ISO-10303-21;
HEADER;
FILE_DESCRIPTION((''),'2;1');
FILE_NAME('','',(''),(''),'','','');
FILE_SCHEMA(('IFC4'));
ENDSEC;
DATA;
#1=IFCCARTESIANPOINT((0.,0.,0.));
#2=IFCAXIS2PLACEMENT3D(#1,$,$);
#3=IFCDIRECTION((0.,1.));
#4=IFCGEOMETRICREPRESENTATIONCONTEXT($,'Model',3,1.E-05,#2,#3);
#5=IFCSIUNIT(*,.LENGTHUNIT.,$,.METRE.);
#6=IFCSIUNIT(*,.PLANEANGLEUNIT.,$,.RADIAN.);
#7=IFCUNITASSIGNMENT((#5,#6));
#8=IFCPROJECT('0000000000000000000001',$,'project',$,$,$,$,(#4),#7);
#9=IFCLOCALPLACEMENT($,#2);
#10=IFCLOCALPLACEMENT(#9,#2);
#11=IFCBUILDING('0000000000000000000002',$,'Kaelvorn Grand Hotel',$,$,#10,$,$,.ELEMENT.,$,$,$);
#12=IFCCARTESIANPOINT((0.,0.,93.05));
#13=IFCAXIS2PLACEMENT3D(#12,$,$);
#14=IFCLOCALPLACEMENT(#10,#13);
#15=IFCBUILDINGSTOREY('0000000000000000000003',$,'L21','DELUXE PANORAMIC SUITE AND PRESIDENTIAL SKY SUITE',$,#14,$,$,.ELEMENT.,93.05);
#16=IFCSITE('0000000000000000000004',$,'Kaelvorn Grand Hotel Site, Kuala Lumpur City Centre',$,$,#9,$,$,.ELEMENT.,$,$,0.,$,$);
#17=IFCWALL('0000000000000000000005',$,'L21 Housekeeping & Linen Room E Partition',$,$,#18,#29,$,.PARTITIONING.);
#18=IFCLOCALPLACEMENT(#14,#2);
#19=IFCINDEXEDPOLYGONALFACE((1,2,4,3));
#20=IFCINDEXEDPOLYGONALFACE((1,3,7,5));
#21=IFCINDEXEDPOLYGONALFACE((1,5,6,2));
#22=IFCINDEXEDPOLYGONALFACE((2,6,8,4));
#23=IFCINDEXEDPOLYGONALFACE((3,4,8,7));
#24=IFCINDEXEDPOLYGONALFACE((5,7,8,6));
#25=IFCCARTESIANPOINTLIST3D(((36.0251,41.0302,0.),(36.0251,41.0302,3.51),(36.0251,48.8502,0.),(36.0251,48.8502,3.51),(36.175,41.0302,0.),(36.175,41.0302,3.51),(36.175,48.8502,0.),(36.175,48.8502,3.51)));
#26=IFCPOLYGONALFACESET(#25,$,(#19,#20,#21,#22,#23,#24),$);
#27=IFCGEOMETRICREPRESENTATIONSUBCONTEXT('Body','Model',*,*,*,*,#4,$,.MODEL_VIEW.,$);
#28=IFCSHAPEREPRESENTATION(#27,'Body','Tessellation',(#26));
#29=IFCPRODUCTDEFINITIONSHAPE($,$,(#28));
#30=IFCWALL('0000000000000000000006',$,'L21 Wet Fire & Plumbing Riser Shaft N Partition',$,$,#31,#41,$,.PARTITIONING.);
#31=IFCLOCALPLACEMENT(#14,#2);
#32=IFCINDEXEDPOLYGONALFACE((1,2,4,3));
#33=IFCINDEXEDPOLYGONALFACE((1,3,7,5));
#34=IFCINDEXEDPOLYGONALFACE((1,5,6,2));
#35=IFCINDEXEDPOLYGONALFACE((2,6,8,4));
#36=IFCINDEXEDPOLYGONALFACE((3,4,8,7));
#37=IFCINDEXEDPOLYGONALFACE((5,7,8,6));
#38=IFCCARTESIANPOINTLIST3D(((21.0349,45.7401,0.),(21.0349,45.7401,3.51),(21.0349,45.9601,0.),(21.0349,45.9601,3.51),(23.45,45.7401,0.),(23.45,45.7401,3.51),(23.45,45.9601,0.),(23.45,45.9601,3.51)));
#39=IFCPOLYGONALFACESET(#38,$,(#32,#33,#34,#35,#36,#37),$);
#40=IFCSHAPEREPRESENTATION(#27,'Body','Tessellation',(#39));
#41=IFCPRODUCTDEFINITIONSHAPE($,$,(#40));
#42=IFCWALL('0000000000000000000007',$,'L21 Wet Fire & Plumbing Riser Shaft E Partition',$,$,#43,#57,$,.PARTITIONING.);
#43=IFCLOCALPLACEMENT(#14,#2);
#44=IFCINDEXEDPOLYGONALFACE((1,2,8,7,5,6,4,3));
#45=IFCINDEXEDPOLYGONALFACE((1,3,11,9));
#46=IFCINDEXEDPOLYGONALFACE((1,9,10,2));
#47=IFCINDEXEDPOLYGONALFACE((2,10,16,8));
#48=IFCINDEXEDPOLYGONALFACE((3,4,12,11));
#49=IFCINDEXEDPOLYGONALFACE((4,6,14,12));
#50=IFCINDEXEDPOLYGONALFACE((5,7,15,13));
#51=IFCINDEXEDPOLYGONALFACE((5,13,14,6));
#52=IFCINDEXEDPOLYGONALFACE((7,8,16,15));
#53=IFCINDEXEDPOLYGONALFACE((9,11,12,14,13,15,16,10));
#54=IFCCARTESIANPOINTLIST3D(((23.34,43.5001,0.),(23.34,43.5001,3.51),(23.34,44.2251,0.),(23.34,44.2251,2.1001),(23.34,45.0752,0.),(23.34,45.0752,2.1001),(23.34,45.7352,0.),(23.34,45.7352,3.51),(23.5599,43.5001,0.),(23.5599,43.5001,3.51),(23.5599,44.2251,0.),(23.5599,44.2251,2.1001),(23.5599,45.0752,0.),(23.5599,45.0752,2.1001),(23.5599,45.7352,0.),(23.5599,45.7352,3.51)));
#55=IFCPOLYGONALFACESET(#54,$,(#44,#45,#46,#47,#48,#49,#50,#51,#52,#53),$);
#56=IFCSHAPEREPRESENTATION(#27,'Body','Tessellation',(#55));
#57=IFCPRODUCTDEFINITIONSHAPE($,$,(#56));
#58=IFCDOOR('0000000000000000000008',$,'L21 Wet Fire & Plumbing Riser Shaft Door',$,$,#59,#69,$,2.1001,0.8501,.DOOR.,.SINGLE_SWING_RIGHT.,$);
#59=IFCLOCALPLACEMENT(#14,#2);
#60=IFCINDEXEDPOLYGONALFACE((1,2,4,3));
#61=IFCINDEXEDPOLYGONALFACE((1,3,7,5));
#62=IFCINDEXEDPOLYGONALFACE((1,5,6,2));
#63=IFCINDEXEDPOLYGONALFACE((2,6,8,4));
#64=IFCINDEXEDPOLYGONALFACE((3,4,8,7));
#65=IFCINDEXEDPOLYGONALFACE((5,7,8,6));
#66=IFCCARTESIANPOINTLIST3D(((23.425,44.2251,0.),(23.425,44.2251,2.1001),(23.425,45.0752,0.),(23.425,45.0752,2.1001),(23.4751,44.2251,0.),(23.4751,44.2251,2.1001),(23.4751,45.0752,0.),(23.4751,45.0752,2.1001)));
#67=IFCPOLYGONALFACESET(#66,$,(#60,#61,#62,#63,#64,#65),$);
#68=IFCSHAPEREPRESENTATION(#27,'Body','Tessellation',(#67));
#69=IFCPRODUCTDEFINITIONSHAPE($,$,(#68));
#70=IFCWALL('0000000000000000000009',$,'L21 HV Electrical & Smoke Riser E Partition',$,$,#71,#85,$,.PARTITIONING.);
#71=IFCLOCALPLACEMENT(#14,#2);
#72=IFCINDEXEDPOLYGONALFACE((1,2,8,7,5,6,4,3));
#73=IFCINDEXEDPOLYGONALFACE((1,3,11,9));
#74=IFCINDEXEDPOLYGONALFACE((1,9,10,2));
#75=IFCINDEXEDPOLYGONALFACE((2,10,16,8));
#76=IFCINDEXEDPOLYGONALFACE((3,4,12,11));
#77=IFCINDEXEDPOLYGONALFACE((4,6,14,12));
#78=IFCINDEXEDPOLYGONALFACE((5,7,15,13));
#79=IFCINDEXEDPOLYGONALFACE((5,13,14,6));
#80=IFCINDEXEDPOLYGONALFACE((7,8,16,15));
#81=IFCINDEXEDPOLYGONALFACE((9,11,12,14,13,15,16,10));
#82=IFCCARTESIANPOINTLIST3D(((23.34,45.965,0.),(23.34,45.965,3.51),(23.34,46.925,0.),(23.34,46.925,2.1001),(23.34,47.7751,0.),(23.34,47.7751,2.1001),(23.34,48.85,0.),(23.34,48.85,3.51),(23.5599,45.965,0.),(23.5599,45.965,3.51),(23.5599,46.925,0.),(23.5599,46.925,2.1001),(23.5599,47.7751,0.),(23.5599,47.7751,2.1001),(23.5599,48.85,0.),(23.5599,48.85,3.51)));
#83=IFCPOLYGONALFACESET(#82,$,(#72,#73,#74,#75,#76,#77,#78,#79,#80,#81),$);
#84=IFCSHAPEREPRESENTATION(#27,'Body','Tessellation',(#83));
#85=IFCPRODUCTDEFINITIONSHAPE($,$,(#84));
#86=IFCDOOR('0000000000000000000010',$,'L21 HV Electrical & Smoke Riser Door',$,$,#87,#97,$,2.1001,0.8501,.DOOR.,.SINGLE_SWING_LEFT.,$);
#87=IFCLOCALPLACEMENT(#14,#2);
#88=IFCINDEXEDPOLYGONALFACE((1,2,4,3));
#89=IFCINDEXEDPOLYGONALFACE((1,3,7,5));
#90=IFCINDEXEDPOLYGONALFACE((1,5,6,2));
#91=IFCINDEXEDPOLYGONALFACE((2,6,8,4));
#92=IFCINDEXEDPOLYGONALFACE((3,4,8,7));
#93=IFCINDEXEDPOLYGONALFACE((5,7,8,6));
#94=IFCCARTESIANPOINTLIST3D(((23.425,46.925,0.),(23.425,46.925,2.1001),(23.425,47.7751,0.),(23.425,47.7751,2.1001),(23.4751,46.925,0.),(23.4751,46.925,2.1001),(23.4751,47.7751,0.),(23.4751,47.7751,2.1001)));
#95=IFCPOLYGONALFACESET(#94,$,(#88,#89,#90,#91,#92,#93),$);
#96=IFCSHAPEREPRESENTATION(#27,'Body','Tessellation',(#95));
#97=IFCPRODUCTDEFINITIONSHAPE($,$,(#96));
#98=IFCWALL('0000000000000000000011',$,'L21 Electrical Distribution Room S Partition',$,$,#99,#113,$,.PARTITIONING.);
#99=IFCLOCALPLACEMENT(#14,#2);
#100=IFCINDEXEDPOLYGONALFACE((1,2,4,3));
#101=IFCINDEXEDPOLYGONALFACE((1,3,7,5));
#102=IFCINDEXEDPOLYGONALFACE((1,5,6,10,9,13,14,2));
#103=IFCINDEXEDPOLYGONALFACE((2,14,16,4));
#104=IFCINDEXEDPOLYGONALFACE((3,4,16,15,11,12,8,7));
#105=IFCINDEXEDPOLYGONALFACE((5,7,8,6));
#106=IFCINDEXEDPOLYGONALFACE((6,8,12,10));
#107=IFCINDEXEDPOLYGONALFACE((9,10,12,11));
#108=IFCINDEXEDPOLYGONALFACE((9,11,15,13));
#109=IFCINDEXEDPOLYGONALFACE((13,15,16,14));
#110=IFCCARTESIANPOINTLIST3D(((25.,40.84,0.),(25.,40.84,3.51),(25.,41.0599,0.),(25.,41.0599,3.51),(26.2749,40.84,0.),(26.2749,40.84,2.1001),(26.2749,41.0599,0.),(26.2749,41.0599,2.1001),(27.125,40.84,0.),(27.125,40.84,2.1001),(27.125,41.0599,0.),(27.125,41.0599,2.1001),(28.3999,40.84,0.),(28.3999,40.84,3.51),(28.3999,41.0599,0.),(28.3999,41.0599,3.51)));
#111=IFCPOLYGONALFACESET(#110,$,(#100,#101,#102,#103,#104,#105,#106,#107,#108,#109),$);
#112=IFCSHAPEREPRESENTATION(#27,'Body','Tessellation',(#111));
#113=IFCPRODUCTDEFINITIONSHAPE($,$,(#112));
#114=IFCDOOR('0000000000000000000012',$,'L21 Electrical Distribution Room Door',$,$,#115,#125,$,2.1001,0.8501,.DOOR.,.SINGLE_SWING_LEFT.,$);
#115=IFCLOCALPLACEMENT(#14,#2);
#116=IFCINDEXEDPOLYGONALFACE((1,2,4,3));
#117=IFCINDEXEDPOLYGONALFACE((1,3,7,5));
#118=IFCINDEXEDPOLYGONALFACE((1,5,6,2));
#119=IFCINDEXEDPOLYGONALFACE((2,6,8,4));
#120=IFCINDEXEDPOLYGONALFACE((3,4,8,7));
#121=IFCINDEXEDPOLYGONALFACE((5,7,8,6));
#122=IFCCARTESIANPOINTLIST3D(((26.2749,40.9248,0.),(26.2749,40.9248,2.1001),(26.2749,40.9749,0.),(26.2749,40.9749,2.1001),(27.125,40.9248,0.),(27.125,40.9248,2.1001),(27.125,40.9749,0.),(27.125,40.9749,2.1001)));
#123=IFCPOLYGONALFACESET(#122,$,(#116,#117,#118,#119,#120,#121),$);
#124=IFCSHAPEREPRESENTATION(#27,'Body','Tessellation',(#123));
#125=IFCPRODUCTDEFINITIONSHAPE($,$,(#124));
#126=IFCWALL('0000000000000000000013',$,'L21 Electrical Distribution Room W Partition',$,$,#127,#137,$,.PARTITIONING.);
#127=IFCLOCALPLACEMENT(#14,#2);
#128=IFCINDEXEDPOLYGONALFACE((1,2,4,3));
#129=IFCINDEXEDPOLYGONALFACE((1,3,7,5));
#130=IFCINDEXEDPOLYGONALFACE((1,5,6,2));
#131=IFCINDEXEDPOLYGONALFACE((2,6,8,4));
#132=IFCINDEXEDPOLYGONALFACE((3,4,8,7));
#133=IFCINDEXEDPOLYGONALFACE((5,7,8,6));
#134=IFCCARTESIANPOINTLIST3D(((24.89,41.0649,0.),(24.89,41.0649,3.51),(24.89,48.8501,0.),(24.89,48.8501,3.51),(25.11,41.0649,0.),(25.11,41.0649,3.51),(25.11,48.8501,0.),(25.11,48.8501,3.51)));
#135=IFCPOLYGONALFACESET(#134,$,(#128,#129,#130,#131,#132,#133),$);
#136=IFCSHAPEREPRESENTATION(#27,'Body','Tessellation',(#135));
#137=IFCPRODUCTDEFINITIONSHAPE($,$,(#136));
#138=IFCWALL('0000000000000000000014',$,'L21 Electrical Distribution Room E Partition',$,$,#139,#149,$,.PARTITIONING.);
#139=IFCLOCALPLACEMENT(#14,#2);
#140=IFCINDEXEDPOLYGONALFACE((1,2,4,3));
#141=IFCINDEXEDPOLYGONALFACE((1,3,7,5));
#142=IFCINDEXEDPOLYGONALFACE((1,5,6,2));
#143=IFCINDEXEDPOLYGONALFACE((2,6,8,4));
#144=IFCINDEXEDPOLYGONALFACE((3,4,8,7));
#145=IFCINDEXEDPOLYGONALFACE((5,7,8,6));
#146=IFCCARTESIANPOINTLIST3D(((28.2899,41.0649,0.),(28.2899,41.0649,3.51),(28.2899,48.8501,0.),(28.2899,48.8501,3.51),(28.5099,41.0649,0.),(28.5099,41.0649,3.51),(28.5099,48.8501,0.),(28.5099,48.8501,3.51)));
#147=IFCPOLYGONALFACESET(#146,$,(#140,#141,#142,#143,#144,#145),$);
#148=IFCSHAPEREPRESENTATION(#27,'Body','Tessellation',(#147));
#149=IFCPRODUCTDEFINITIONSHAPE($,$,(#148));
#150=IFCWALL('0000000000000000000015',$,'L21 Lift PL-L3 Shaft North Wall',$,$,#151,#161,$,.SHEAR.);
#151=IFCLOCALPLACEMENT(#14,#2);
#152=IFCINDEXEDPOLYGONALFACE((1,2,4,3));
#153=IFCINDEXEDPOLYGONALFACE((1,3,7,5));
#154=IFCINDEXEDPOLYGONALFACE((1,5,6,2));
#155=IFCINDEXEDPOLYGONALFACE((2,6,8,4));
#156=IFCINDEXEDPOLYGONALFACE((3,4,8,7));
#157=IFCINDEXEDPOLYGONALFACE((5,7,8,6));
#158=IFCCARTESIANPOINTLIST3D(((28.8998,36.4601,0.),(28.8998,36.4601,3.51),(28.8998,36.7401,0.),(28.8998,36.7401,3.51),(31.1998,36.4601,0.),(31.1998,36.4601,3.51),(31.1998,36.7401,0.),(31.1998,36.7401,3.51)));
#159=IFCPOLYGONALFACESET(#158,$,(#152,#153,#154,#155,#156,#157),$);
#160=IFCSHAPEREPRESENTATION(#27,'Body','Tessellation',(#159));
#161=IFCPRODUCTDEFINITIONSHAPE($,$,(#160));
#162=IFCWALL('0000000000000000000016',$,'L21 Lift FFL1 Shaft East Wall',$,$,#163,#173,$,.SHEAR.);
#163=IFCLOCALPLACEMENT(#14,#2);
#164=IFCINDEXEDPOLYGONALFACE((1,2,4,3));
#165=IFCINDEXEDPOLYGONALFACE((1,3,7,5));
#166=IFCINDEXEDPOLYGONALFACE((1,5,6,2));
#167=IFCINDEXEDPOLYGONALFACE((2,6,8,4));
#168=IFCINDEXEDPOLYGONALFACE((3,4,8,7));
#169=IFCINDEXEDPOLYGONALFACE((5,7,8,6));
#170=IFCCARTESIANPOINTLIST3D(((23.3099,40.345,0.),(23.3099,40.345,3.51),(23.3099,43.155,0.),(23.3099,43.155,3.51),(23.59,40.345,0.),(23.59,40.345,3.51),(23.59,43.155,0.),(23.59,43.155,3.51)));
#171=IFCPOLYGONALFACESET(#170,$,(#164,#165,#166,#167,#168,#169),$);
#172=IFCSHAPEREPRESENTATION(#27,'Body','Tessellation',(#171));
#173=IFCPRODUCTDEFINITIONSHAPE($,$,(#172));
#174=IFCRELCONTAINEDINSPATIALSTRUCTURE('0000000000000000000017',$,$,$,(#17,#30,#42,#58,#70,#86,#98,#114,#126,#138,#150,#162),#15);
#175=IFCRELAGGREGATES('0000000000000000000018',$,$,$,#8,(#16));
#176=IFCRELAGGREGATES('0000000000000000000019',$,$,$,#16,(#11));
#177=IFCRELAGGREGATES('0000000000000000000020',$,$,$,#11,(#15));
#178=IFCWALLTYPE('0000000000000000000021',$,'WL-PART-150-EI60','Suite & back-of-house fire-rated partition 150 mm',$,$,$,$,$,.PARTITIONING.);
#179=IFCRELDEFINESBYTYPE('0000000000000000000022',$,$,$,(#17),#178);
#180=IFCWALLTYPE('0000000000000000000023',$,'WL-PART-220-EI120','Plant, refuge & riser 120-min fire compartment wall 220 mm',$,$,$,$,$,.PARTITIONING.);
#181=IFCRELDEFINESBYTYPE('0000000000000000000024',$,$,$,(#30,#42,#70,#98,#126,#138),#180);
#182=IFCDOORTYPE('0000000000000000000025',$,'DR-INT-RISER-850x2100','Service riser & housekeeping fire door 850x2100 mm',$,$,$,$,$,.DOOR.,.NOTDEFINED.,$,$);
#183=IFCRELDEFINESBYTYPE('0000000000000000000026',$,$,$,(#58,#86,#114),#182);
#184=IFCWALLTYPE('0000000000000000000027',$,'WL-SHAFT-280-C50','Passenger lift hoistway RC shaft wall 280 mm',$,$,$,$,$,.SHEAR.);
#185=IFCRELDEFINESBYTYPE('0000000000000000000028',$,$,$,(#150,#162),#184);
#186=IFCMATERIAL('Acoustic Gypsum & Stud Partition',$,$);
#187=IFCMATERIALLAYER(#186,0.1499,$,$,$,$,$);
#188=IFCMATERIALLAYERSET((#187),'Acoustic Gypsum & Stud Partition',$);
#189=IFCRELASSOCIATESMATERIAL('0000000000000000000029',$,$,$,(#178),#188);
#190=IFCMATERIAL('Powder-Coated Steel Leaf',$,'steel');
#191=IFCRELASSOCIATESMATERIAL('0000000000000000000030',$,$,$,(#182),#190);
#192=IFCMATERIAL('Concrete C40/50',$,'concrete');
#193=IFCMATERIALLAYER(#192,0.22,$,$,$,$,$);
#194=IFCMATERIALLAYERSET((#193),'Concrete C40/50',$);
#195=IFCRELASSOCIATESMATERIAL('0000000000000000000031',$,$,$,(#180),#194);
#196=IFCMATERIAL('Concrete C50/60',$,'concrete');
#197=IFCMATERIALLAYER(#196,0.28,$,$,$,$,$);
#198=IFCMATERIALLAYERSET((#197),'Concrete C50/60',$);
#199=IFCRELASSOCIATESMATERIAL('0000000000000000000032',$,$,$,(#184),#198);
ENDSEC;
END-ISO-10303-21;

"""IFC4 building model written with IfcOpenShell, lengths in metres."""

from ifc_helpers import new_model, si_unit, direction, frame, frame_2d, origin, place, context, subcontext, project, spatial, rectangle, extrude, material, layer, layer_set, type_object, element, fill, save


model = new_model("IFC4")

# Units and contexts
model_context = context("Model", 3, precision=1e-05, world=origin(), true_north=direction((0.0, 1.0)))
body_context = subcontext(model_context, "Body", "Model", "MODEL_VIEW")
ifc_project = project(units=[si_unit("LENGTHUNIT", "METRE"), si_unit("PLANEANGLEUNIT", "RADIAN")], contexts=[model_context])

# Site, building, storey
site_placement = place(None, origin())
site = spatial("IfcSite", under=ifc_project, at=site_placement, Name="Kaelvorn Grand Hotel Site, Kuala Lumpur City Centre", CompositionType="ELEMENT", RefElevation=0.0)
building_placement = place(site_placement, origin())
building = spatial("IfcBuilding", under=site, at=building_placement, Name="Kaelvorn Grand Hotel", CompositionType="ELEMENT")
storey_placement = place(building_placement, frame((0.0, 0.0, 93.05)))
storey = spatial("IfcBuildingStorey", under=building, at=storey_placement, Name="L21", Description="DELUXE PANORAMIC SUITE AND PRESIDENTIAL SKY SUITE", CompositionType="ELEMENT", Elevation=93.05)

# Shared definitions
ifc_material_1 = material(Name="Acoustic Gypsum & Stud Partition")
ifc_layer_1 = layer(ifc_material_1, 0.1499)
ifc_layer_set_1 = layer_set([ifc_layer_1], Name="Acoustic Gypsum & Stud Partition")
wall_type_1 = type_object("IfcWallType", Name="WL-PART-150-EI60", Description="Suite & back-of-house fire-rated partition 150 mm", PredefinedType="PARTITIONING", material=ifc_layer_set_1)

# Shared definitions
ifc_material_2 = material(Name="Powder-Coated Steel Leaf", Category="steel")
door_type_1 = type_object("IfcDoorType", Name="DR-INT-RISER-850x2100", Description="Service riser & housekeeping fire door 850x2100 mm", OperationType="NOTDEFINED", PredefinedType="DOOR", material=ifc_material_2)

# Walls
wall_1_placement = place(storey_placement, frame((36.1001, 41.03, 0.0), z_axis=(0.0, 0.0, 1.0), x_axis=(0.0, 1.0, 0.0)))
element("IfcWall", 1, at=wall_1_placement, inside=storey, type_object=wall_type_1, Name="L21 Housekeeping & Linen Room E Partition", PredefinedType="PARTITIONING", context=body_context, shape_type="SweptSolid", body=[
    extrude(rectangle(XDim=7.8201, YDim=0.1499, at=frame_2d((3.9102, 0.0))), origin(), (0.0, 0.0, 1.0), 3.51),
])
ifc_material_3 = material(Name="Concrete C40/50", Category="concrete")
ifc_layer_2 = layer(ifc_material_3, 0.22)
ifc_layer_set_2 = layer_set([ifc_layer_2], Name="Concrete C40/50")
wall_type_2 = type_object("IfcWallType", Name="WL-PART-220-EI120", Description="Plant, refuge & riser 120-min fire compartment wall 220 mm", PredefinedType="PARTITIONING", material=ifc_layer_set_2)
wall_2_placement = place(storey_placement, frame((21.0349, 45.8501, 0.0), z_axis=(0.0, 0.0, 1.0), x_axis=(1.0, 0.0, 0.0)))
element("IfcWall", 2, at=wall_2_placement, inside=storey, type_object=wall_type_2, Name="L21 Wet Fire & Plumbing Riser Shaft N Partition", PredefinedType="PARTITIONING", context=body_context, shape_type="SweptSolid", body=[
    extrude(rectangle(XDim=2.415, YDim=0.22, at=frame_2d((1.2075, 0.0))), origin(), (0.0, 0.0, 1.0), 3.51),
])

# Walls, openings, doors
wall_3_placement = place(storey_placement, frame((23.45, 43.5, 0.0), z_axis=(0.0, 0.0, 1.0), x_axis=(0.0, 1.0, 0.0)))
wall_3 = element("IfcWall", 3, at=wall_3_placement, inside=storey, type_object=wall_type_2, Name="L21 Wet Fire & Plumbing Riser Shaft E Partition", PredefinedType="PARTITIONING", context=body_context, shape_type="SweptSolid", body=[
    extrude(rectangle(XDim=2.2351, YDim=0.22, at=frame_2d((1.1177, 0.0))), origin(), (0.0, 0.0, 1.0), 3.51),
])
opening_1_placement = place(wall_3_placement, frame((0.7251, 0.0, 0.0)))
opening_1 = element("IfcOpeningElement", 4, at=opening_1_placement, cuts=wall_3, PredefinedType="OPENING", context=body_context, shape_type="SweptSolid", body=[
    extrude(rectangle(XDim=0.8501, YDim=2.1001, at=frame_2d((0.425, 1.05))), frame((0.0, 0.1201, 0.0), z_axis=(0.0, -1.0, 0.0), x_axis=(1.0, 0.0, 0.0)), (0.0, 0.0, 1.0), 0.24),
])
door_1_placement = place(opening_1_placement, origin())
door_1 = element("IfcDoor", 5, at=door_1_placement, inside=storey, type_object=door_type_1, Name="L21 Wet Fire & Plumbing Riser Shaft Door", OperationType="SINGLE_SWING_RIGHT", OverallHeight=2.1001, OverallWidth=0.8501, PredefinedType="DOOR", context=body_context, shape_type="SweptSolid", body=[
    extrude(rectangle(XDim=0.8501, YDim=2.1001, at=frame_2d((0.425, 1.05))), frame((0.0, 0.0249, 0.0), z_axis=(0.0, -1.0, 0.0), x_axis=(1.0, 0.0, 0.0)), (0.0, 0.0, 1.0), 0.05),
])
fill(opening_1, door_1)
wall_4_placement = place(storey_placement, frame((23.45, 45.9651, 0.0), z_axis=(0.0, 0.0, 1.0), x_axis=(0.0, 1.0, 0.0)))
wall_4 = element("IfcWall", 6, at=wall_4_placement, inside=storey, type_object=wall_type_2, Name="L21 HV Electrical & Smoke Riser E Partition", PredefinedType="PARTITIONING", context=body_context, shape_type="SweptSolid", body=[
    extrude(rectangle(XDim=2.885, YDim=0.22, at=frame_2d((1.4424, 0.0))), origin(), (0.0, 0.0, 1.0), 3.51),
])
opening_2_placement = place(wall_4_placement, frame((0.96, 0.0, 0.0)))
opening_2 = element("IfcOpeningElement", 7, at=opening_2_placement, cuts=wall_4, PredefinedType="OPENING", context=body_context, shape_type="SweptSolid", body=[
    extrude(rectangle(XDim=0.8501, YDim=2.1001, at=frame_2d((0.425, 1.05))), frame((0.0, 0.1201, 0.0), z_axis=(0.0, -1.0, 0.0), x_axis=(1.0, 0.0, 0.0)), (0.0, 0.0, 1.0), 0.24),
])
door_2_placement = place(opening_2_placement, origin())
door_2 = element("IfcDoor", 8, at=door_2_placement, inside=storey, type_object=door_type_1, Name="L21 HV Electrical & Smoke Riser Door", OperationType="SINGLE_SWING_LEFT", OverallHeight=2.1001, OverallWidth=0.8501, PredefinedType="DOOR", context=body_context, shape_type="SweptSolid", body=[
    extrude(rectangle(XDim=0.8501, YDim=2.1001, at=frame_2d((0.425, 1.05))), frame((0.0, 0.0249, 0.0), z_axis=(0.0, -1.0, 0.0), x_axis=(1.0, 0.0, 0.0)), (0.0, 0.0, 1.0), 0.05),
])
fill(opening_2, door_2)
wall_5_placement = place(storey_placement, frame((25.0, 40.95, 0.0), z_axis=(0.0, 0.0, 1.0), x_axis=(1.0, 0.0, 0.0)))
wall_5 = element("IfcWall", 9, at=wall_5_placement, inside=storey, type_object=wall_type_2, Name="L21 Electrical Distribution Room S Partition", PredefinedType="PARTITIONING", context=body_context, shape_type="SweptSolid", body=[
    extrude(rectangle(XDim=3.3999, YDim=0.22, at=frame_2d((1.7, 0.0))), origin(), (0.0, 0.0, 1.0), 3.51),
])
opening_3_placement = place(wall_5_placement, frame((1.2749, 0.0, 0.0)))
opening_3 = element("IfcOpeningElement", 10, at=opening_3_placement, cuts=wall_5, PredefinedType="OPENING", context=body_context, shape_type="SweptSolid", body=[
    extrude(rectangle(XDim=0.8501, YDim=2.1001, at=frame_2d((0.425, 1.05))), frame((0.0, 0.1201, 0.0), z_axis=(0.0, -1.0, 0.0), x_axis=(1.0, 0.0, 0.0)), (0.0, 0.0, 1.0), 0.24),
])
door_3_placement = place(opening_3_placement, origin())
door_3 = element("IfcDoor", 11, at=door_3_placement, inside=storey, type_object=door_type_1, Name="L21 Electrical Distribution Room Door", OperationType="SINGLE_SWING_LEFT", OverallHeight=2.1001, OverallWidth=0.8501, PredefinedType="DOOR", context=body_context, shape_type="SweptSolid", body=[
    extrude(rectangle(XDim=0.8501, YDim=2.1001, at=frame_2d((0.425, 1.05))), frame((0.0, 0.0249, 0.0), z_axis=(0.0, -1.0, 0.0), x_axis=(1.0, 0.0, 0.0)), (0.0, 0.0, 1.0), 0.05),
])
fill(opening_3, door_3)

# Walls
for number, where, z_axis, x_axis, name in (
    (12, (25.0, 41.0649, 0.0), (0.0, 0.0, 1.0), (0.0, 1.0, 0.0), "L21 Electrical Distribution Room W Partition"),
    (13, (28.3999, 41.0649, 0.0), (0.0, 0.0, 1.0), (0.0, 1.0, 0.0), "L21 Electrical Distribution Room E Partition"),
):
    element("IfcWall", number, at=place(storey_placement, frame(where, z_axis=z_axis, x_axis=x_axis)), inside=storey, type_object=wall_type_2, Name=name, PredefinedType="PARTITIONING", context=body_context, shape_type="SweptSolid", body=[
        extrude(rectangle(XDim=7.7852, YDim=0.22, at=frame_2d((3.8926, 0.0))), origin(), (0.0, 0.0, 1.0), 3.51),
    ])
ifc_material_4 = material(Name="Concrete C50/60", Category="concrete")
ifc_layer_3 = layer(ifc_material_4, 0.28)
ifc_layer_set_3 = layer_set([ifc_layer_3], Name="Concrete C50/60")
wall_type_3 = type_object("IfcWallType", Name="WL-SHAFT-280-C50", Description="Passenger lift hoistway RC shaft wall 280 mm", PredefinedType="SHEAR", material=ifc_layer_set_3)
wall_6_placement = place(storey_placement, frame((28.8999, 36.6001, 0.0), z_axis=(0.0, 0.0, 1.0), x_axis=(1.0, 0.0, 0.0)))
element("IfcWall", 14, at=wall_6_placement, inside=storey, type_object=wall_type_3, Name="L21 Lift PL-L3 Shaft North Wall", PredefinedType="SHEAR", context=body_context, shape_type="SweptSolid", body=[
    extrude(rectangle(XDim=2.3, YDim=0.28, at=frame_2d((1.1499, 0.0))), origin(), (0.0, 0.0, 1.0), 3.51),
])
wall_7_placement = place(storey_placement, frame((23.45, 40.345, 0.0), z_axis=(0.0, 0.0, 1.0), x_axis=(0.0, 1.0, 0.0)))
element("IfcWall", 15, at=wall_7_placement, inside=storey, type_object=wall_type_3, Name="L21 Lift FFL1 Shaft East Wall", PredefinedType="SHEAR", context=body_context, shape_type="SweptSolid", body=[
    extrude(rectangle(XDim=2.8101, YDim=0.28, at=frame_2d((1.405, 0.0))), origin(), (0.0, 0.0, 1.0), 3.51),
])

save(model, "model.ifc")
